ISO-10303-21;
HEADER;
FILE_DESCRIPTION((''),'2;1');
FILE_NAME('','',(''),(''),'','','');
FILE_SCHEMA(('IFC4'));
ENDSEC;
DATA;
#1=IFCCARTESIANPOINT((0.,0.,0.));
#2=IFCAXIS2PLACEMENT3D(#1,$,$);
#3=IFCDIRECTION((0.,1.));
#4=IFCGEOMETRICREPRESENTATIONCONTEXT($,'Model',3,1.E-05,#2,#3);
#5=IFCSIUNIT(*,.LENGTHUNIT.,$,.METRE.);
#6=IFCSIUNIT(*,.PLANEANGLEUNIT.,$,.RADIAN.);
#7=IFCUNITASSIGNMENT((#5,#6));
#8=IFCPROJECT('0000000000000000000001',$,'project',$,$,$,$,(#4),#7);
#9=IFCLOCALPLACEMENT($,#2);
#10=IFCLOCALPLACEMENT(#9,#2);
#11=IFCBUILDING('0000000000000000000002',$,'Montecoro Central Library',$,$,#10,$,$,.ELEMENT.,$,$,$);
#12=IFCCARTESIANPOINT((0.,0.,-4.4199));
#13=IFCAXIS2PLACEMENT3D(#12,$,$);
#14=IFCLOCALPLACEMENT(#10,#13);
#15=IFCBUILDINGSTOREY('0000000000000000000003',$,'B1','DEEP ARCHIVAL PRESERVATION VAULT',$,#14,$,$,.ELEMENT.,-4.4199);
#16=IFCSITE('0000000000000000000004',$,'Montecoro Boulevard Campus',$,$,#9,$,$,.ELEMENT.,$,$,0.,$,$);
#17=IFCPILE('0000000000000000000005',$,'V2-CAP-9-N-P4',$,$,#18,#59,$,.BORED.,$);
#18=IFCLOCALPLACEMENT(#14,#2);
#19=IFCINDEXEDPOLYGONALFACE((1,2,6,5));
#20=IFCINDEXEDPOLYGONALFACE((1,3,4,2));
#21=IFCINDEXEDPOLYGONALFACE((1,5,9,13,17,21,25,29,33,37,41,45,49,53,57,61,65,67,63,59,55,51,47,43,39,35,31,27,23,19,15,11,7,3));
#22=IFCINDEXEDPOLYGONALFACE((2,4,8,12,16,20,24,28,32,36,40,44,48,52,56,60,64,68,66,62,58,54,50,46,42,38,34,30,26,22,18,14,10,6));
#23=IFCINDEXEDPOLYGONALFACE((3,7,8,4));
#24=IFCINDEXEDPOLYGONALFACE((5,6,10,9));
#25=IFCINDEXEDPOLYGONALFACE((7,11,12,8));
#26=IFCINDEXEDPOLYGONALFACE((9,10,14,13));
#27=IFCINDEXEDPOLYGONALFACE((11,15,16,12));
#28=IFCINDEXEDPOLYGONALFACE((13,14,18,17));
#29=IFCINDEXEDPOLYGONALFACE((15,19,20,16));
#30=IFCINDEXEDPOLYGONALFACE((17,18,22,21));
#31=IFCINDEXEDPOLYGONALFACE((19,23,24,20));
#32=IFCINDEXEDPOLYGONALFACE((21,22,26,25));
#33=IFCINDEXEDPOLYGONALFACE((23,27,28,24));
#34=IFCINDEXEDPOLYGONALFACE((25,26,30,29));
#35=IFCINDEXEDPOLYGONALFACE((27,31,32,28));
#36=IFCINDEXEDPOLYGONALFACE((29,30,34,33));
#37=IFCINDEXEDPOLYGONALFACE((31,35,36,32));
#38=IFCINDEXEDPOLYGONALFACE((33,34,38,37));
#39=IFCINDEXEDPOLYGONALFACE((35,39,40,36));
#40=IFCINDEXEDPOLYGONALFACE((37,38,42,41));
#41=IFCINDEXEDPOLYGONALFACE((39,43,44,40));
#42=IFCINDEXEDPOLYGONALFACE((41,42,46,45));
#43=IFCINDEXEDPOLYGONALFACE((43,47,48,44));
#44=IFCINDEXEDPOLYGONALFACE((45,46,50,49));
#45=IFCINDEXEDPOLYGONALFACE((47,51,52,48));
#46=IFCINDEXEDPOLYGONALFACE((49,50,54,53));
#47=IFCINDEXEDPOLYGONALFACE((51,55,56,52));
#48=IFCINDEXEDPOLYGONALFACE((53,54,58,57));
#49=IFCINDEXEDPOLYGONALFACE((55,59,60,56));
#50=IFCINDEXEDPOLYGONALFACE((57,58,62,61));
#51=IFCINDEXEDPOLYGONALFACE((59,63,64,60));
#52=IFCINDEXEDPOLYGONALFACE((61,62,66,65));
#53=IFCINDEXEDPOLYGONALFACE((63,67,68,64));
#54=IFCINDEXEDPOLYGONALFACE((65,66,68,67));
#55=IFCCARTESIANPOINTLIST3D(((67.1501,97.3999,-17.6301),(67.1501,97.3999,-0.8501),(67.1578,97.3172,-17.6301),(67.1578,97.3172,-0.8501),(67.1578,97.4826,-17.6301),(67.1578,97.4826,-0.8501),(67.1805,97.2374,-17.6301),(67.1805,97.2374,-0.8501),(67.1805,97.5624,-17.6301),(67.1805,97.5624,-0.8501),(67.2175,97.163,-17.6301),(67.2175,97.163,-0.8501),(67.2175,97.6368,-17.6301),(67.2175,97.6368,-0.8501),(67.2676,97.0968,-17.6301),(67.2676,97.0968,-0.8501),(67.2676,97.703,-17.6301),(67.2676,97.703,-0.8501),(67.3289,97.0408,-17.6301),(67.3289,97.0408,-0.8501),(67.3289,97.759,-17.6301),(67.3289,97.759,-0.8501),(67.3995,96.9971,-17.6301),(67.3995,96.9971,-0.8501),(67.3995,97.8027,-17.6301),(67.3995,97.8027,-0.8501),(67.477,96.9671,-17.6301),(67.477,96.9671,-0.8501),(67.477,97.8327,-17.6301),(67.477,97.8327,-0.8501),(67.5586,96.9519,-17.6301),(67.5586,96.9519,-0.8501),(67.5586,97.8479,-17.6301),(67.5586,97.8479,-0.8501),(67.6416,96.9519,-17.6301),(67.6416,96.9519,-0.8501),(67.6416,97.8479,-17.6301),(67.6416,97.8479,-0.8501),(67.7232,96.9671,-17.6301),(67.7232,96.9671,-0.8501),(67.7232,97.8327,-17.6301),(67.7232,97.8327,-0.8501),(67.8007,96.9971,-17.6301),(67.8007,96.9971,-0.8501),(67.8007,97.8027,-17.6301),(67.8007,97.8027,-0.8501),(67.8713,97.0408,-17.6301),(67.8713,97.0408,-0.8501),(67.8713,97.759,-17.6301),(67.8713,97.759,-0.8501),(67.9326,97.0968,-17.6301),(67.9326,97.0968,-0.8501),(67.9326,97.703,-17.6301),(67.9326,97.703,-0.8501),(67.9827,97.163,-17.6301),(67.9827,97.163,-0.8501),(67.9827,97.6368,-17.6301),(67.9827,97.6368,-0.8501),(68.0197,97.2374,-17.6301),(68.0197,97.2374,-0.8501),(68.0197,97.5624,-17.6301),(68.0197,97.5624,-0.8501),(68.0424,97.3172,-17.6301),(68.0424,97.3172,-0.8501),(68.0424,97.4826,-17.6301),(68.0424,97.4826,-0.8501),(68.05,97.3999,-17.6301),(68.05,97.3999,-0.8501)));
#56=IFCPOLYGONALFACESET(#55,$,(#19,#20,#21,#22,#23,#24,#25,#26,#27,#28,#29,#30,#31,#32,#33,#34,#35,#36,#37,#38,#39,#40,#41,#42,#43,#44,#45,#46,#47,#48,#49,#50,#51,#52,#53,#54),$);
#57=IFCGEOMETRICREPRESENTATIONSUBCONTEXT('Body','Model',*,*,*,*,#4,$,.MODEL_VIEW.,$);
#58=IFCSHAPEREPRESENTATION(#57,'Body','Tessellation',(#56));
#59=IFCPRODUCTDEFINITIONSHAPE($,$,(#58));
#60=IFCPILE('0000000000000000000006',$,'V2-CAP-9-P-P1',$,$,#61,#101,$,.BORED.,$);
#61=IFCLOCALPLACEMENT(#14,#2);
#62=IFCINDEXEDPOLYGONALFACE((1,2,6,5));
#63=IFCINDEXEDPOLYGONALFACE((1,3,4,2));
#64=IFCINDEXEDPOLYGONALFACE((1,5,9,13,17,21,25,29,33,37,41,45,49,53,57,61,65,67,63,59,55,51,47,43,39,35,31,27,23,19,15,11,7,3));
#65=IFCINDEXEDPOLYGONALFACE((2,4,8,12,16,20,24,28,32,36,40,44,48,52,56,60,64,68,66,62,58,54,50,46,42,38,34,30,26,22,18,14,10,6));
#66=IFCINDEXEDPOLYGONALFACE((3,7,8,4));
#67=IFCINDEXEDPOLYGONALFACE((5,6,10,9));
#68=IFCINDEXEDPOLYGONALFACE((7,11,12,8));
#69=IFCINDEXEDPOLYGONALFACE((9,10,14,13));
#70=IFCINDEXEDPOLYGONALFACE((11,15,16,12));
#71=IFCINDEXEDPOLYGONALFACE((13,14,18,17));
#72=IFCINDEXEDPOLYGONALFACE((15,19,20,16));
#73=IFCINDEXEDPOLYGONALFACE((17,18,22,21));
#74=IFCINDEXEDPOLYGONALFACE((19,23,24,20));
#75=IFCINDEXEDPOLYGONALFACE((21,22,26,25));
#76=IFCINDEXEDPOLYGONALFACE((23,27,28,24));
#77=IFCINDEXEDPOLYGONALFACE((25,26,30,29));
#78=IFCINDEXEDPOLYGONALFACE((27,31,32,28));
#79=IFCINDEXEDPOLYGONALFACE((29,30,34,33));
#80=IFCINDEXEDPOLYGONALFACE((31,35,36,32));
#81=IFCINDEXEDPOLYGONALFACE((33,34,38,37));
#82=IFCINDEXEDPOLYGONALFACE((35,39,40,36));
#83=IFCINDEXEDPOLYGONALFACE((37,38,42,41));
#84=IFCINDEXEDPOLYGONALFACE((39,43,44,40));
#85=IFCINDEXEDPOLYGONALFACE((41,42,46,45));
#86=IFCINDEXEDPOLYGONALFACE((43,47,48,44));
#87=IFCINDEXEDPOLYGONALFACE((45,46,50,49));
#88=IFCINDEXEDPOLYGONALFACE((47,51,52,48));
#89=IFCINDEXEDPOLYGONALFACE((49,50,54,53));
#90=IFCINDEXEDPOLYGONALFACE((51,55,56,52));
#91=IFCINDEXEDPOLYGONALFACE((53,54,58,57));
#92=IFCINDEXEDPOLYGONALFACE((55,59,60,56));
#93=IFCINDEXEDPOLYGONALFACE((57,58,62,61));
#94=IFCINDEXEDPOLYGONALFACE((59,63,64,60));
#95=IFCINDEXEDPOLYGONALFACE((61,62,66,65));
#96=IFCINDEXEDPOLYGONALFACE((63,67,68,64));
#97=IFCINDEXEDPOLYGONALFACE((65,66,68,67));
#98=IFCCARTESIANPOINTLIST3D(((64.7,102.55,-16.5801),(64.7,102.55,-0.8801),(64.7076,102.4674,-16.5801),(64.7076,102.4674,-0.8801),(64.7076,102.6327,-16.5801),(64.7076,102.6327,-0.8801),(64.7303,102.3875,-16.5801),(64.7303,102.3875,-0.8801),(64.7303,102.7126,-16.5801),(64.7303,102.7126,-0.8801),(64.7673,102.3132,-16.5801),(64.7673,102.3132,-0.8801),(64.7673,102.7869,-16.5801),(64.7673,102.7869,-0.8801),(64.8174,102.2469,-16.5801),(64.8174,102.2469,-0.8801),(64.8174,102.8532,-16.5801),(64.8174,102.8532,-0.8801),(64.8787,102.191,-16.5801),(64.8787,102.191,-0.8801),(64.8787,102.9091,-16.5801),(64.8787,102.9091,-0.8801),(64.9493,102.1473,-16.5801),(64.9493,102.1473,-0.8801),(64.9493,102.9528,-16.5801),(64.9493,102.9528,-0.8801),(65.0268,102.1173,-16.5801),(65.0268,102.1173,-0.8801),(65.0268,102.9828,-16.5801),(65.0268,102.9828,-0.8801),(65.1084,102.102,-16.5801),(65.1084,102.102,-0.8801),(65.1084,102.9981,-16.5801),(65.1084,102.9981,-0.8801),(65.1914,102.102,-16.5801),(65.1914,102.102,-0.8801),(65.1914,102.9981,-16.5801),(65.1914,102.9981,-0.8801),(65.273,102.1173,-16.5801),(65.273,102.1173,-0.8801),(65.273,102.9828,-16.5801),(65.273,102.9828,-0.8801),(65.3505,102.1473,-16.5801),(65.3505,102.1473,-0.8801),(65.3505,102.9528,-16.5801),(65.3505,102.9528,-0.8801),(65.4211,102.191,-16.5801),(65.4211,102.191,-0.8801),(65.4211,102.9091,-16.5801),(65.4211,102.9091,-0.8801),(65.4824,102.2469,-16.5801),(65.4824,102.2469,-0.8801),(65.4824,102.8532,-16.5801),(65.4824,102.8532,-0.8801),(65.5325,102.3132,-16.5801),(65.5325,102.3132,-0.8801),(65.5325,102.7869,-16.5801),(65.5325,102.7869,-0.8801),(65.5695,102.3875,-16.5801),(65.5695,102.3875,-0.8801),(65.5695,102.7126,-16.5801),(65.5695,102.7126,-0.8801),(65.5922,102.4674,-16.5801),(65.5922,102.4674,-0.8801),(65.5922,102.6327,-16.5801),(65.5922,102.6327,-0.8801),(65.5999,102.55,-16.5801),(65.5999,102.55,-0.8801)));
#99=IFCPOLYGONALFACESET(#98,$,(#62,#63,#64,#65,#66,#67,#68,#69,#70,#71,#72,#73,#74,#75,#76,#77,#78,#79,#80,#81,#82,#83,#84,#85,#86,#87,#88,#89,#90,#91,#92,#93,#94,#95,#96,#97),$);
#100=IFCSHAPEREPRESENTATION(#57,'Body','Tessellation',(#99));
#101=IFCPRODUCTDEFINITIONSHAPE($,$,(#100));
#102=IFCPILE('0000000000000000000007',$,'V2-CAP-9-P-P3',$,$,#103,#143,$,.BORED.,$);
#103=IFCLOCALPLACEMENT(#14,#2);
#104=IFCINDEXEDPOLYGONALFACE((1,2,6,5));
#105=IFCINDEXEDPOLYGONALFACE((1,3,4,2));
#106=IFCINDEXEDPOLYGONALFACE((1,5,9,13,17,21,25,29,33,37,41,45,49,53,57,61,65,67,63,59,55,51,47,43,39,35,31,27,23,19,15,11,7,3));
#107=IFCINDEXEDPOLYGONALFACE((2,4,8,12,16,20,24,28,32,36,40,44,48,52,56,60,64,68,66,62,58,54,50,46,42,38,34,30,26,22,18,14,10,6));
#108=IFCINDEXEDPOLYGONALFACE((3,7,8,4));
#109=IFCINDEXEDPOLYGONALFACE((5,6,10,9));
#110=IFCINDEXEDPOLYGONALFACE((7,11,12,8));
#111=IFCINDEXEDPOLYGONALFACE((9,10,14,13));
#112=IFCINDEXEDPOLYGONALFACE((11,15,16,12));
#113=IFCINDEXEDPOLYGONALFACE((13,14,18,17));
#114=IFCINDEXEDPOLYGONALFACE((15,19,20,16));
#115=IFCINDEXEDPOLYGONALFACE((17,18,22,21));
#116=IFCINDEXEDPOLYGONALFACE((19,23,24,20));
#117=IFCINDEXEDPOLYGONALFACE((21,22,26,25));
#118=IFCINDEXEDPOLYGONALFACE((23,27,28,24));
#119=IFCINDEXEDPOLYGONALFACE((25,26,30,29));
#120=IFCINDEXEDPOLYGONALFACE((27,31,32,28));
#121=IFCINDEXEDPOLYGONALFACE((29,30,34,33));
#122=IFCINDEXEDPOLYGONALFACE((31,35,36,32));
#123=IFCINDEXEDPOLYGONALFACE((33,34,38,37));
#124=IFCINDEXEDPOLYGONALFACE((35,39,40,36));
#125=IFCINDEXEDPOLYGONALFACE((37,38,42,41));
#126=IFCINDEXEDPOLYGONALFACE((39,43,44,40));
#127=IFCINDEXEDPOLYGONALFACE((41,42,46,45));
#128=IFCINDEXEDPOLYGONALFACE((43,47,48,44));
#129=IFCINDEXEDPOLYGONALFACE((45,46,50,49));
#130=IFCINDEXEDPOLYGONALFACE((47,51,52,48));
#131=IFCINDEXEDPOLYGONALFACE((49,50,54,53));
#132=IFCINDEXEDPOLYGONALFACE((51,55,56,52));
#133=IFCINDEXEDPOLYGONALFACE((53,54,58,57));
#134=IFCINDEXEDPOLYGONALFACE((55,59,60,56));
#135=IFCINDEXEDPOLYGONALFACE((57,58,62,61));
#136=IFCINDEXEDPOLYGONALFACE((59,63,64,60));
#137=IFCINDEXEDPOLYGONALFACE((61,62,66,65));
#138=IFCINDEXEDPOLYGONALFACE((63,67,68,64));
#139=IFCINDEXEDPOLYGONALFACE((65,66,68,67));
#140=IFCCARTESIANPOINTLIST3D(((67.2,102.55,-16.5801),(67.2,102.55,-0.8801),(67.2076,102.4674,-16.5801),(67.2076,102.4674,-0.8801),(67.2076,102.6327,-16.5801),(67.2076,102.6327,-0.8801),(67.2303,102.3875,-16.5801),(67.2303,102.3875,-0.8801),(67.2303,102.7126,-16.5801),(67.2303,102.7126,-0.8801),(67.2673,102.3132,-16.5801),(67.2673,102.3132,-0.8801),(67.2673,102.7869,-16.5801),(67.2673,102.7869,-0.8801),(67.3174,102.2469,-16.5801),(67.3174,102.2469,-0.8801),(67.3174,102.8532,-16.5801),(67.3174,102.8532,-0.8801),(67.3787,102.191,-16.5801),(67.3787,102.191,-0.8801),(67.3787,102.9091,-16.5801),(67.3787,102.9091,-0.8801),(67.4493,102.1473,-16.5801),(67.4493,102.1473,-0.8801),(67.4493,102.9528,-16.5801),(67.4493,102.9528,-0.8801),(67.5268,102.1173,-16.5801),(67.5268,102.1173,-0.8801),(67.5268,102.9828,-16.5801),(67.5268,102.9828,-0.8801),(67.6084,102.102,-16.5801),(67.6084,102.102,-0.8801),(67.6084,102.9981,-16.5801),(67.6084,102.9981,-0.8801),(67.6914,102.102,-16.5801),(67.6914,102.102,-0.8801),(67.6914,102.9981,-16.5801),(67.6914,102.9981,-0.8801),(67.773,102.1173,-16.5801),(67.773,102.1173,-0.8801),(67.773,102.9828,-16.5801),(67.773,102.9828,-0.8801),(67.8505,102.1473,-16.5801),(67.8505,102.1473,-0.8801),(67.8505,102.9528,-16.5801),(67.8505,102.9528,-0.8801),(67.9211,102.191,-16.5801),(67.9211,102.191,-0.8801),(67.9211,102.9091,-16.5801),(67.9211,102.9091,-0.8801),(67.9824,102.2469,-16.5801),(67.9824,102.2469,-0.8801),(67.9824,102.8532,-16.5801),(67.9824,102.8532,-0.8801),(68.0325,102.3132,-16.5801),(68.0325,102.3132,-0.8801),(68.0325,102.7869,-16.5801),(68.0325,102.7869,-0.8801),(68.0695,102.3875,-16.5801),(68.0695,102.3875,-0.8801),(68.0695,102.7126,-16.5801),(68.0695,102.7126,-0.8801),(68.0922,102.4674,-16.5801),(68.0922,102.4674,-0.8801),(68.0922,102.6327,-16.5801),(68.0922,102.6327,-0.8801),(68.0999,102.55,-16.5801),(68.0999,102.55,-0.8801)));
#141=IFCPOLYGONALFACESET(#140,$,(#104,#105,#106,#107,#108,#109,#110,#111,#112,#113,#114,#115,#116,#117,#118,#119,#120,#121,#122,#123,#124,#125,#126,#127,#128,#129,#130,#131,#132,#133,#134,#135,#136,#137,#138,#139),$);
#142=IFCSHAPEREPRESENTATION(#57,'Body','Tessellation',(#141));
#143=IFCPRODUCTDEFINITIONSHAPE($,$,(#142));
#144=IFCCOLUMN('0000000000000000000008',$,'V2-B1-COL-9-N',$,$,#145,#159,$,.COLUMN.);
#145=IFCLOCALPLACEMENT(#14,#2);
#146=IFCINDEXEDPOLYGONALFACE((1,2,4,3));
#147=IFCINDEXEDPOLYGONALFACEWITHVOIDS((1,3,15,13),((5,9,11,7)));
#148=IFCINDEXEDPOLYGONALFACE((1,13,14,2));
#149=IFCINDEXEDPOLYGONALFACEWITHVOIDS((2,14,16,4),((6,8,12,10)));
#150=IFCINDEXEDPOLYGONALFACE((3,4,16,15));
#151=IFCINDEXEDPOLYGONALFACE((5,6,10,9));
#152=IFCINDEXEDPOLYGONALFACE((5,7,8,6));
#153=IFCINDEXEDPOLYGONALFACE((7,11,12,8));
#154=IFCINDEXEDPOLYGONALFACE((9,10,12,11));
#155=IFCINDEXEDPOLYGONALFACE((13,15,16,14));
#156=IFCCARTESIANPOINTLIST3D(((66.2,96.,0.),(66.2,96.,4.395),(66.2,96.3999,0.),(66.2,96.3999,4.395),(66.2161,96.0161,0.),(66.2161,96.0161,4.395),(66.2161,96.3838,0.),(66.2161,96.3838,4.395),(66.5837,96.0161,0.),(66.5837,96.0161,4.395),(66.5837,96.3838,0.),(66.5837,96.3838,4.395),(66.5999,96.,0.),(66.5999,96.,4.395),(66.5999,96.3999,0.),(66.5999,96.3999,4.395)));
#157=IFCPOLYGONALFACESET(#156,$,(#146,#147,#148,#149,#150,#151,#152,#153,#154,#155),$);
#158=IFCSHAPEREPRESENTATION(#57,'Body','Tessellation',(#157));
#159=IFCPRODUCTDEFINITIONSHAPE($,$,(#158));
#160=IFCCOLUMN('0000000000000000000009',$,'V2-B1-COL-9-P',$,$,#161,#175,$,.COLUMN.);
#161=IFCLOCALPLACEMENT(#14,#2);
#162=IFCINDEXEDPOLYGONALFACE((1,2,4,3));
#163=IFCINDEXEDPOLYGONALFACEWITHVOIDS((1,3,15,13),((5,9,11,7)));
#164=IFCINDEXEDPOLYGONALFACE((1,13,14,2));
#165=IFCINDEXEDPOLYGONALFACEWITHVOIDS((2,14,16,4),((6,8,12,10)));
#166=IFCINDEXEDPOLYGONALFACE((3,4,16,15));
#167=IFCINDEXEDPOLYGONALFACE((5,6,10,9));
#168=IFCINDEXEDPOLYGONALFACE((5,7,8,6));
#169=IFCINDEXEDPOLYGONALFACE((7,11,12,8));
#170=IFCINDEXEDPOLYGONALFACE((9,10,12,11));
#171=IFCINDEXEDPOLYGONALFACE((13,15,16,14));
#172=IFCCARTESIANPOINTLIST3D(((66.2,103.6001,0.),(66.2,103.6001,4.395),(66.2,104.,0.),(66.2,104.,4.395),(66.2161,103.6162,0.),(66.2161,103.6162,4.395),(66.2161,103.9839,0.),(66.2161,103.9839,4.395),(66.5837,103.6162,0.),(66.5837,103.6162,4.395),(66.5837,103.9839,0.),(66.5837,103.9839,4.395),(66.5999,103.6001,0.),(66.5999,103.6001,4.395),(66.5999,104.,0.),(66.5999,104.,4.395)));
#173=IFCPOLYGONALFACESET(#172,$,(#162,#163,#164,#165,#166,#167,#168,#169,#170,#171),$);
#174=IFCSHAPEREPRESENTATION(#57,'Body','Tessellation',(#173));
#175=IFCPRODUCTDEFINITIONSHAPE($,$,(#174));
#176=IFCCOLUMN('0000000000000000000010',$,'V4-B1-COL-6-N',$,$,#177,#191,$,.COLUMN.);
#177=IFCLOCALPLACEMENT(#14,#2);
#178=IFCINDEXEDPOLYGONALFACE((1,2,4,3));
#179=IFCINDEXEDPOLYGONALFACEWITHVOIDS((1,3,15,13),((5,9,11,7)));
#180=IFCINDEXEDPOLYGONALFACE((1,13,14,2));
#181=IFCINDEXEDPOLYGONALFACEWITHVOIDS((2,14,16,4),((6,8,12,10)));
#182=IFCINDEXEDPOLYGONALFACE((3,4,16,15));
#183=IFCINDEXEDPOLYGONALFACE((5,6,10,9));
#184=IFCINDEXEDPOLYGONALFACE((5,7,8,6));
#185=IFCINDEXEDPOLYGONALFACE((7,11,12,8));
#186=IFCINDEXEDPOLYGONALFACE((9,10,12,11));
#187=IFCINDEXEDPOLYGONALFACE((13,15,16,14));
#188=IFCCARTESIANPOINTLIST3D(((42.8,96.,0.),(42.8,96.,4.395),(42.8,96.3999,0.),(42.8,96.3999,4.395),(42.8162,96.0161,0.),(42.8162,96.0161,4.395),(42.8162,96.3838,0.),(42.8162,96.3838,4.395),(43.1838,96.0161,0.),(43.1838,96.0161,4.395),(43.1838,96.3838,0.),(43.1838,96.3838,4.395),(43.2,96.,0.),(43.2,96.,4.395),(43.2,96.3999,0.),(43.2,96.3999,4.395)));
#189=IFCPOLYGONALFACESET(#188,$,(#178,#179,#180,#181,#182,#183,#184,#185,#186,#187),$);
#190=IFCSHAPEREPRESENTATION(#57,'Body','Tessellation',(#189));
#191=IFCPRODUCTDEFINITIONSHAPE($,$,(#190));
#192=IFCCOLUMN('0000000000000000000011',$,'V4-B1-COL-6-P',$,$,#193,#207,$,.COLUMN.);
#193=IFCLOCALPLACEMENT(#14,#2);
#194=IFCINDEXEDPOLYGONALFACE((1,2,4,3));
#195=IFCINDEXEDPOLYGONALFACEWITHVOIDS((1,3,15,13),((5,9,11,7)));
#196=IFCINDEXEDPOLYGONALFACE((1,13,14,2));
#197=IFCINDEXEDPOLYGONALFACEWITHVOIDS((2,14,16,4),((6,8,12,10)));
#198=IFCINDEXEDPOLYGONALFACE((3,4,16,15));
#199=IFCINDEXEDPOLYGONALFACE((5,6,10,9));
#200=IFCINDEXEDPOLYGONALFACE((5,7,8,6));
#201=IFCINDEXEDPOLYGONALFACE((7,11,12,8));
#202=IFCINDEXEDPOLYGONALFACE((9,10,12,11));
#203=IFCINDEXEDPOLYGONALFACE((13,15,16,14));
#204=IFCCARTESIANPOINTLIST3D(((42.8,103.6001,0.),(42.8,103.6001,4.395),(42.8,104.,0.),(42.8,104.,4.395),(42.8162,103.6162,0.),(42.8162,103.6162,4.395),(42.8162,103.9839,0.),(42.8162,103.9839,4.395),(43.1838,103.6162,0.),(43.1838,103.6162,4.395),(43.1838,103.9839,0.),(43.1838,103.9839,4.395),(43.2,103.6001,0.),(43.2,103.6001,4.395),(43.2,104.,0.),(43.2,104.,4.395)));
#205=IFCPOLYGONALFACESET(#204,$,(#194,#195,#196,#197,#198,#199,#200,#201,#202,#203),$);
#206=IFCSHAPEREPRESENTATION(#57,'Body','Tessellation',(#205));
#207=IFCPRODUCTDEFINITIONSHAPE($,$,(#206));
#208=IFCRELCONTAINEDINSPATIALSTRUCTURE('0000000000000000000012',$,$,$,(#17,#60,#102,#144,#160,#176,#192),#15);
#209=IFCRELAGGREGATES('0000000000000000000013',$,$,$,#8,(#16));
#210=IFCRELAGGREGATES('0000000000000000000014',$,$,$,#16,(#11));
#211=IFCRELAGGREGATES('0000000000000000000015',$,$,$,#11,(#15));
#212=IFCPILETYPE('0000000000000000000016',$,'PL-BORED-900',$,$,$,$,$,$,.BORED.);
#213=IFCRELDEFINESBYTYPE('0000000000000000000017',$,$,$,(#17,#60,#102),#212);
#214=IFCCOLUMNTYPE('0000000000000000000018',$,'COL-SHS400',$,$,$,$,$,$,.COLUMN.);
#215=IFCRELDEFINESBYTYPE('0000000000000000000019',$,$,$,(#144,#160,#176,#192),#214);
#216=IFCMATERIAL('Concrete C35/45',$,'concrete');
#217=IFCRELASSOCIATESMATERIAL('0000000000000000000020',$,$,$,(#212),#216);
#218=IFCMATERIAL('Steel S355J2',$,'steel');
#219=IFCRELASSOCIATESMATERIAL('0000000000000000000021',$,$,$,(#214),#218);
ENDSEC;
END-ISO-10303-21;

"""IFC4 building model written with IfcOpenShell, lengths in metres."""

from ifc_helpers import new_model, si_unit, direction, frame, origin, origin_2d, place, context, subcontext, project, spatial, hollow_rectangle, circle, extrude, material, material_profile, profile_set, type_object, element, save


model = new_model("IFC4")

# Units and contexts
model_context = context("Model", 3, precision=1e-05, world=origin(), true_north=direction((0.0, 1.0)))
body_context = subcontext(model_context, "Body", "Model", "MODEL_VIEW")
ifc_project = project(units=[si_unit("LENGTHUNIT", "METRE"), si_unit("PLANEANGLEUNIT", "RADIAN")], contexts=[model_context])

# Site, building, storey
site_placement = place(None, origin())
site = spatial("IfcSite", under=ifc_project, at=site_placement, Name="Montecoro Boulevard Campus", CompositionType="ELEMENT", RefElevation=0.0)
building_placement = place(site_placement, origin())
building = spatial("IfcBuilding", under=site, at=building_placement, Name="Montecoro Central Library", CompositionType="ELEMENT")
storey_placement = place(building_placement, frame((0.0, 0.0, -4.4199)))
storey = spatial("IfcBuildingStorey", under=building, at=storey_placement, Name="B1", Description="DEEP ARCHIVAL PRESERVATION VAULT", CompositionType="ELEMENT", Elevation=-4.4199)

# Shared definitions
ifc_material_1 = material(Name="Concrete C35/45", Category="concrete")

# Piles
ifc_material_profile_1 = material_profile(ifc_material_1, circle(Radius=0.45, at=origin_2d()), Name="PILE D900")
ifc_profile_set_1 = profile_set([ifc_material_profile_1], Name="Concrete C35/45")
pile_type_1 = type_object("IfcPileType", Name="PL-BORED-900", PredefinedType="BORED", material=ifc_profile_set_1)
for number, where, z_axis, x_axis, name in (
    (1, (67.6001, 97.3999, -0.8501), (0.0, 0.0, -1.0), (1.0, 0.0, 0.0), "V2-CAP-9-N-P4"),
):
    element("IfcPile", number, at=place(storey_placement, frame(where, z_axis=z_axis, x_axis=x_axis)), inside=storey, type_object=pile_type_1, Name=name, PredefinedType="BORED", context=body_context, shape_type="SweptSolid", body=[
        extrude(circle(Radius=0.45, at=origin_2d()), origin(), (0.0, 0.0, 1.0), 16.78),
    ])
for number, where, z_axis, x_axis, name in (
    (2, (65.1499, 102.55, -0.8801), (0.0, 0.0, -1.0), (1.0, 0.0, 0.0), "V2-CAP-9-P-P1"),
    (3, (67.6499, 102.55, -0.8801), (0.0, 0.0, -1.0), (1.0, 0.0, 0.0), "V2-CAP-9-P-P3"),
):
    element("IfcPile", number, at=place(storey_placement, frame(where, z_axis=z_axis, x_axis=x_axis)), inside=storey, type_object=pile_type_1, Name=name, PredefinedType="BORED", context=body_context, shape_type="SweptSolid", body=[
        extrude(circle(Radius=0.45, at=origin_2d()), origin(), (0.0, 0.0, 1.0), 15.7),
    ])

# Columns
ifc_material_2 = material(Name="Steel S355J2", Category="steel")
ifc_material_profile_2 = material_profile(ifc_material_2, hollow_rectangle(XDim=0.3999, YDim=0.3999, WallThickness=0.0161, at=origin_2d()), Name="SHS 400x400x16.0")
ifc_profile_set_2 = profile_set([ifc_material_profile_2], Name="Steel S355J2")
column_type = type_object("IfcColumnType", Name="COL-SHS400", PredefinedType="COLUMN", material=ifc_profile_set_2)
for number, where, z_axis, x_axis, name in (
    (4, (66.3999, 96.2, 0.0), (0.0, 0.0, 1.0), (1.0, 0.0, 0.0), "V2-B1-COL-9-N"),
    (5, (66.3999, 103.8, 0.0), (0.0, 0.0, 1.0), (1.0, 0.0, 0.0), "V2-B1-COL-9-P"),
    (6, (43.0, 96.2, 0.0), (0.0, 0.0, 1.0), (1.0, 0.0, 0.0), "V4-B1-COL-6-N"),
    (7, (43.0, 103.8, 0.0), (0.0, 0.0, 1.0), (1.0, 0.0, 0.0), "V4-B1-COL-6-P"),
):
    element("IfcColumn", number, at=place(storey_placement, frame(where, z_axis=z_axis, x_axis=x_axis)), inside=storey, type_object=column_type, Name=name, PredefinedType="COLUMN", context=body_context, shape_type="SweptSolid", body=[
        extrude(hollow_rectangle(XDim=0.3999, YDim=0.3999, WallThickness=0.0161, at=origin_2d()), origin(), (0.0, 0.0, 1.0), 4.395),
    ])

save(model, "model.ifc")
